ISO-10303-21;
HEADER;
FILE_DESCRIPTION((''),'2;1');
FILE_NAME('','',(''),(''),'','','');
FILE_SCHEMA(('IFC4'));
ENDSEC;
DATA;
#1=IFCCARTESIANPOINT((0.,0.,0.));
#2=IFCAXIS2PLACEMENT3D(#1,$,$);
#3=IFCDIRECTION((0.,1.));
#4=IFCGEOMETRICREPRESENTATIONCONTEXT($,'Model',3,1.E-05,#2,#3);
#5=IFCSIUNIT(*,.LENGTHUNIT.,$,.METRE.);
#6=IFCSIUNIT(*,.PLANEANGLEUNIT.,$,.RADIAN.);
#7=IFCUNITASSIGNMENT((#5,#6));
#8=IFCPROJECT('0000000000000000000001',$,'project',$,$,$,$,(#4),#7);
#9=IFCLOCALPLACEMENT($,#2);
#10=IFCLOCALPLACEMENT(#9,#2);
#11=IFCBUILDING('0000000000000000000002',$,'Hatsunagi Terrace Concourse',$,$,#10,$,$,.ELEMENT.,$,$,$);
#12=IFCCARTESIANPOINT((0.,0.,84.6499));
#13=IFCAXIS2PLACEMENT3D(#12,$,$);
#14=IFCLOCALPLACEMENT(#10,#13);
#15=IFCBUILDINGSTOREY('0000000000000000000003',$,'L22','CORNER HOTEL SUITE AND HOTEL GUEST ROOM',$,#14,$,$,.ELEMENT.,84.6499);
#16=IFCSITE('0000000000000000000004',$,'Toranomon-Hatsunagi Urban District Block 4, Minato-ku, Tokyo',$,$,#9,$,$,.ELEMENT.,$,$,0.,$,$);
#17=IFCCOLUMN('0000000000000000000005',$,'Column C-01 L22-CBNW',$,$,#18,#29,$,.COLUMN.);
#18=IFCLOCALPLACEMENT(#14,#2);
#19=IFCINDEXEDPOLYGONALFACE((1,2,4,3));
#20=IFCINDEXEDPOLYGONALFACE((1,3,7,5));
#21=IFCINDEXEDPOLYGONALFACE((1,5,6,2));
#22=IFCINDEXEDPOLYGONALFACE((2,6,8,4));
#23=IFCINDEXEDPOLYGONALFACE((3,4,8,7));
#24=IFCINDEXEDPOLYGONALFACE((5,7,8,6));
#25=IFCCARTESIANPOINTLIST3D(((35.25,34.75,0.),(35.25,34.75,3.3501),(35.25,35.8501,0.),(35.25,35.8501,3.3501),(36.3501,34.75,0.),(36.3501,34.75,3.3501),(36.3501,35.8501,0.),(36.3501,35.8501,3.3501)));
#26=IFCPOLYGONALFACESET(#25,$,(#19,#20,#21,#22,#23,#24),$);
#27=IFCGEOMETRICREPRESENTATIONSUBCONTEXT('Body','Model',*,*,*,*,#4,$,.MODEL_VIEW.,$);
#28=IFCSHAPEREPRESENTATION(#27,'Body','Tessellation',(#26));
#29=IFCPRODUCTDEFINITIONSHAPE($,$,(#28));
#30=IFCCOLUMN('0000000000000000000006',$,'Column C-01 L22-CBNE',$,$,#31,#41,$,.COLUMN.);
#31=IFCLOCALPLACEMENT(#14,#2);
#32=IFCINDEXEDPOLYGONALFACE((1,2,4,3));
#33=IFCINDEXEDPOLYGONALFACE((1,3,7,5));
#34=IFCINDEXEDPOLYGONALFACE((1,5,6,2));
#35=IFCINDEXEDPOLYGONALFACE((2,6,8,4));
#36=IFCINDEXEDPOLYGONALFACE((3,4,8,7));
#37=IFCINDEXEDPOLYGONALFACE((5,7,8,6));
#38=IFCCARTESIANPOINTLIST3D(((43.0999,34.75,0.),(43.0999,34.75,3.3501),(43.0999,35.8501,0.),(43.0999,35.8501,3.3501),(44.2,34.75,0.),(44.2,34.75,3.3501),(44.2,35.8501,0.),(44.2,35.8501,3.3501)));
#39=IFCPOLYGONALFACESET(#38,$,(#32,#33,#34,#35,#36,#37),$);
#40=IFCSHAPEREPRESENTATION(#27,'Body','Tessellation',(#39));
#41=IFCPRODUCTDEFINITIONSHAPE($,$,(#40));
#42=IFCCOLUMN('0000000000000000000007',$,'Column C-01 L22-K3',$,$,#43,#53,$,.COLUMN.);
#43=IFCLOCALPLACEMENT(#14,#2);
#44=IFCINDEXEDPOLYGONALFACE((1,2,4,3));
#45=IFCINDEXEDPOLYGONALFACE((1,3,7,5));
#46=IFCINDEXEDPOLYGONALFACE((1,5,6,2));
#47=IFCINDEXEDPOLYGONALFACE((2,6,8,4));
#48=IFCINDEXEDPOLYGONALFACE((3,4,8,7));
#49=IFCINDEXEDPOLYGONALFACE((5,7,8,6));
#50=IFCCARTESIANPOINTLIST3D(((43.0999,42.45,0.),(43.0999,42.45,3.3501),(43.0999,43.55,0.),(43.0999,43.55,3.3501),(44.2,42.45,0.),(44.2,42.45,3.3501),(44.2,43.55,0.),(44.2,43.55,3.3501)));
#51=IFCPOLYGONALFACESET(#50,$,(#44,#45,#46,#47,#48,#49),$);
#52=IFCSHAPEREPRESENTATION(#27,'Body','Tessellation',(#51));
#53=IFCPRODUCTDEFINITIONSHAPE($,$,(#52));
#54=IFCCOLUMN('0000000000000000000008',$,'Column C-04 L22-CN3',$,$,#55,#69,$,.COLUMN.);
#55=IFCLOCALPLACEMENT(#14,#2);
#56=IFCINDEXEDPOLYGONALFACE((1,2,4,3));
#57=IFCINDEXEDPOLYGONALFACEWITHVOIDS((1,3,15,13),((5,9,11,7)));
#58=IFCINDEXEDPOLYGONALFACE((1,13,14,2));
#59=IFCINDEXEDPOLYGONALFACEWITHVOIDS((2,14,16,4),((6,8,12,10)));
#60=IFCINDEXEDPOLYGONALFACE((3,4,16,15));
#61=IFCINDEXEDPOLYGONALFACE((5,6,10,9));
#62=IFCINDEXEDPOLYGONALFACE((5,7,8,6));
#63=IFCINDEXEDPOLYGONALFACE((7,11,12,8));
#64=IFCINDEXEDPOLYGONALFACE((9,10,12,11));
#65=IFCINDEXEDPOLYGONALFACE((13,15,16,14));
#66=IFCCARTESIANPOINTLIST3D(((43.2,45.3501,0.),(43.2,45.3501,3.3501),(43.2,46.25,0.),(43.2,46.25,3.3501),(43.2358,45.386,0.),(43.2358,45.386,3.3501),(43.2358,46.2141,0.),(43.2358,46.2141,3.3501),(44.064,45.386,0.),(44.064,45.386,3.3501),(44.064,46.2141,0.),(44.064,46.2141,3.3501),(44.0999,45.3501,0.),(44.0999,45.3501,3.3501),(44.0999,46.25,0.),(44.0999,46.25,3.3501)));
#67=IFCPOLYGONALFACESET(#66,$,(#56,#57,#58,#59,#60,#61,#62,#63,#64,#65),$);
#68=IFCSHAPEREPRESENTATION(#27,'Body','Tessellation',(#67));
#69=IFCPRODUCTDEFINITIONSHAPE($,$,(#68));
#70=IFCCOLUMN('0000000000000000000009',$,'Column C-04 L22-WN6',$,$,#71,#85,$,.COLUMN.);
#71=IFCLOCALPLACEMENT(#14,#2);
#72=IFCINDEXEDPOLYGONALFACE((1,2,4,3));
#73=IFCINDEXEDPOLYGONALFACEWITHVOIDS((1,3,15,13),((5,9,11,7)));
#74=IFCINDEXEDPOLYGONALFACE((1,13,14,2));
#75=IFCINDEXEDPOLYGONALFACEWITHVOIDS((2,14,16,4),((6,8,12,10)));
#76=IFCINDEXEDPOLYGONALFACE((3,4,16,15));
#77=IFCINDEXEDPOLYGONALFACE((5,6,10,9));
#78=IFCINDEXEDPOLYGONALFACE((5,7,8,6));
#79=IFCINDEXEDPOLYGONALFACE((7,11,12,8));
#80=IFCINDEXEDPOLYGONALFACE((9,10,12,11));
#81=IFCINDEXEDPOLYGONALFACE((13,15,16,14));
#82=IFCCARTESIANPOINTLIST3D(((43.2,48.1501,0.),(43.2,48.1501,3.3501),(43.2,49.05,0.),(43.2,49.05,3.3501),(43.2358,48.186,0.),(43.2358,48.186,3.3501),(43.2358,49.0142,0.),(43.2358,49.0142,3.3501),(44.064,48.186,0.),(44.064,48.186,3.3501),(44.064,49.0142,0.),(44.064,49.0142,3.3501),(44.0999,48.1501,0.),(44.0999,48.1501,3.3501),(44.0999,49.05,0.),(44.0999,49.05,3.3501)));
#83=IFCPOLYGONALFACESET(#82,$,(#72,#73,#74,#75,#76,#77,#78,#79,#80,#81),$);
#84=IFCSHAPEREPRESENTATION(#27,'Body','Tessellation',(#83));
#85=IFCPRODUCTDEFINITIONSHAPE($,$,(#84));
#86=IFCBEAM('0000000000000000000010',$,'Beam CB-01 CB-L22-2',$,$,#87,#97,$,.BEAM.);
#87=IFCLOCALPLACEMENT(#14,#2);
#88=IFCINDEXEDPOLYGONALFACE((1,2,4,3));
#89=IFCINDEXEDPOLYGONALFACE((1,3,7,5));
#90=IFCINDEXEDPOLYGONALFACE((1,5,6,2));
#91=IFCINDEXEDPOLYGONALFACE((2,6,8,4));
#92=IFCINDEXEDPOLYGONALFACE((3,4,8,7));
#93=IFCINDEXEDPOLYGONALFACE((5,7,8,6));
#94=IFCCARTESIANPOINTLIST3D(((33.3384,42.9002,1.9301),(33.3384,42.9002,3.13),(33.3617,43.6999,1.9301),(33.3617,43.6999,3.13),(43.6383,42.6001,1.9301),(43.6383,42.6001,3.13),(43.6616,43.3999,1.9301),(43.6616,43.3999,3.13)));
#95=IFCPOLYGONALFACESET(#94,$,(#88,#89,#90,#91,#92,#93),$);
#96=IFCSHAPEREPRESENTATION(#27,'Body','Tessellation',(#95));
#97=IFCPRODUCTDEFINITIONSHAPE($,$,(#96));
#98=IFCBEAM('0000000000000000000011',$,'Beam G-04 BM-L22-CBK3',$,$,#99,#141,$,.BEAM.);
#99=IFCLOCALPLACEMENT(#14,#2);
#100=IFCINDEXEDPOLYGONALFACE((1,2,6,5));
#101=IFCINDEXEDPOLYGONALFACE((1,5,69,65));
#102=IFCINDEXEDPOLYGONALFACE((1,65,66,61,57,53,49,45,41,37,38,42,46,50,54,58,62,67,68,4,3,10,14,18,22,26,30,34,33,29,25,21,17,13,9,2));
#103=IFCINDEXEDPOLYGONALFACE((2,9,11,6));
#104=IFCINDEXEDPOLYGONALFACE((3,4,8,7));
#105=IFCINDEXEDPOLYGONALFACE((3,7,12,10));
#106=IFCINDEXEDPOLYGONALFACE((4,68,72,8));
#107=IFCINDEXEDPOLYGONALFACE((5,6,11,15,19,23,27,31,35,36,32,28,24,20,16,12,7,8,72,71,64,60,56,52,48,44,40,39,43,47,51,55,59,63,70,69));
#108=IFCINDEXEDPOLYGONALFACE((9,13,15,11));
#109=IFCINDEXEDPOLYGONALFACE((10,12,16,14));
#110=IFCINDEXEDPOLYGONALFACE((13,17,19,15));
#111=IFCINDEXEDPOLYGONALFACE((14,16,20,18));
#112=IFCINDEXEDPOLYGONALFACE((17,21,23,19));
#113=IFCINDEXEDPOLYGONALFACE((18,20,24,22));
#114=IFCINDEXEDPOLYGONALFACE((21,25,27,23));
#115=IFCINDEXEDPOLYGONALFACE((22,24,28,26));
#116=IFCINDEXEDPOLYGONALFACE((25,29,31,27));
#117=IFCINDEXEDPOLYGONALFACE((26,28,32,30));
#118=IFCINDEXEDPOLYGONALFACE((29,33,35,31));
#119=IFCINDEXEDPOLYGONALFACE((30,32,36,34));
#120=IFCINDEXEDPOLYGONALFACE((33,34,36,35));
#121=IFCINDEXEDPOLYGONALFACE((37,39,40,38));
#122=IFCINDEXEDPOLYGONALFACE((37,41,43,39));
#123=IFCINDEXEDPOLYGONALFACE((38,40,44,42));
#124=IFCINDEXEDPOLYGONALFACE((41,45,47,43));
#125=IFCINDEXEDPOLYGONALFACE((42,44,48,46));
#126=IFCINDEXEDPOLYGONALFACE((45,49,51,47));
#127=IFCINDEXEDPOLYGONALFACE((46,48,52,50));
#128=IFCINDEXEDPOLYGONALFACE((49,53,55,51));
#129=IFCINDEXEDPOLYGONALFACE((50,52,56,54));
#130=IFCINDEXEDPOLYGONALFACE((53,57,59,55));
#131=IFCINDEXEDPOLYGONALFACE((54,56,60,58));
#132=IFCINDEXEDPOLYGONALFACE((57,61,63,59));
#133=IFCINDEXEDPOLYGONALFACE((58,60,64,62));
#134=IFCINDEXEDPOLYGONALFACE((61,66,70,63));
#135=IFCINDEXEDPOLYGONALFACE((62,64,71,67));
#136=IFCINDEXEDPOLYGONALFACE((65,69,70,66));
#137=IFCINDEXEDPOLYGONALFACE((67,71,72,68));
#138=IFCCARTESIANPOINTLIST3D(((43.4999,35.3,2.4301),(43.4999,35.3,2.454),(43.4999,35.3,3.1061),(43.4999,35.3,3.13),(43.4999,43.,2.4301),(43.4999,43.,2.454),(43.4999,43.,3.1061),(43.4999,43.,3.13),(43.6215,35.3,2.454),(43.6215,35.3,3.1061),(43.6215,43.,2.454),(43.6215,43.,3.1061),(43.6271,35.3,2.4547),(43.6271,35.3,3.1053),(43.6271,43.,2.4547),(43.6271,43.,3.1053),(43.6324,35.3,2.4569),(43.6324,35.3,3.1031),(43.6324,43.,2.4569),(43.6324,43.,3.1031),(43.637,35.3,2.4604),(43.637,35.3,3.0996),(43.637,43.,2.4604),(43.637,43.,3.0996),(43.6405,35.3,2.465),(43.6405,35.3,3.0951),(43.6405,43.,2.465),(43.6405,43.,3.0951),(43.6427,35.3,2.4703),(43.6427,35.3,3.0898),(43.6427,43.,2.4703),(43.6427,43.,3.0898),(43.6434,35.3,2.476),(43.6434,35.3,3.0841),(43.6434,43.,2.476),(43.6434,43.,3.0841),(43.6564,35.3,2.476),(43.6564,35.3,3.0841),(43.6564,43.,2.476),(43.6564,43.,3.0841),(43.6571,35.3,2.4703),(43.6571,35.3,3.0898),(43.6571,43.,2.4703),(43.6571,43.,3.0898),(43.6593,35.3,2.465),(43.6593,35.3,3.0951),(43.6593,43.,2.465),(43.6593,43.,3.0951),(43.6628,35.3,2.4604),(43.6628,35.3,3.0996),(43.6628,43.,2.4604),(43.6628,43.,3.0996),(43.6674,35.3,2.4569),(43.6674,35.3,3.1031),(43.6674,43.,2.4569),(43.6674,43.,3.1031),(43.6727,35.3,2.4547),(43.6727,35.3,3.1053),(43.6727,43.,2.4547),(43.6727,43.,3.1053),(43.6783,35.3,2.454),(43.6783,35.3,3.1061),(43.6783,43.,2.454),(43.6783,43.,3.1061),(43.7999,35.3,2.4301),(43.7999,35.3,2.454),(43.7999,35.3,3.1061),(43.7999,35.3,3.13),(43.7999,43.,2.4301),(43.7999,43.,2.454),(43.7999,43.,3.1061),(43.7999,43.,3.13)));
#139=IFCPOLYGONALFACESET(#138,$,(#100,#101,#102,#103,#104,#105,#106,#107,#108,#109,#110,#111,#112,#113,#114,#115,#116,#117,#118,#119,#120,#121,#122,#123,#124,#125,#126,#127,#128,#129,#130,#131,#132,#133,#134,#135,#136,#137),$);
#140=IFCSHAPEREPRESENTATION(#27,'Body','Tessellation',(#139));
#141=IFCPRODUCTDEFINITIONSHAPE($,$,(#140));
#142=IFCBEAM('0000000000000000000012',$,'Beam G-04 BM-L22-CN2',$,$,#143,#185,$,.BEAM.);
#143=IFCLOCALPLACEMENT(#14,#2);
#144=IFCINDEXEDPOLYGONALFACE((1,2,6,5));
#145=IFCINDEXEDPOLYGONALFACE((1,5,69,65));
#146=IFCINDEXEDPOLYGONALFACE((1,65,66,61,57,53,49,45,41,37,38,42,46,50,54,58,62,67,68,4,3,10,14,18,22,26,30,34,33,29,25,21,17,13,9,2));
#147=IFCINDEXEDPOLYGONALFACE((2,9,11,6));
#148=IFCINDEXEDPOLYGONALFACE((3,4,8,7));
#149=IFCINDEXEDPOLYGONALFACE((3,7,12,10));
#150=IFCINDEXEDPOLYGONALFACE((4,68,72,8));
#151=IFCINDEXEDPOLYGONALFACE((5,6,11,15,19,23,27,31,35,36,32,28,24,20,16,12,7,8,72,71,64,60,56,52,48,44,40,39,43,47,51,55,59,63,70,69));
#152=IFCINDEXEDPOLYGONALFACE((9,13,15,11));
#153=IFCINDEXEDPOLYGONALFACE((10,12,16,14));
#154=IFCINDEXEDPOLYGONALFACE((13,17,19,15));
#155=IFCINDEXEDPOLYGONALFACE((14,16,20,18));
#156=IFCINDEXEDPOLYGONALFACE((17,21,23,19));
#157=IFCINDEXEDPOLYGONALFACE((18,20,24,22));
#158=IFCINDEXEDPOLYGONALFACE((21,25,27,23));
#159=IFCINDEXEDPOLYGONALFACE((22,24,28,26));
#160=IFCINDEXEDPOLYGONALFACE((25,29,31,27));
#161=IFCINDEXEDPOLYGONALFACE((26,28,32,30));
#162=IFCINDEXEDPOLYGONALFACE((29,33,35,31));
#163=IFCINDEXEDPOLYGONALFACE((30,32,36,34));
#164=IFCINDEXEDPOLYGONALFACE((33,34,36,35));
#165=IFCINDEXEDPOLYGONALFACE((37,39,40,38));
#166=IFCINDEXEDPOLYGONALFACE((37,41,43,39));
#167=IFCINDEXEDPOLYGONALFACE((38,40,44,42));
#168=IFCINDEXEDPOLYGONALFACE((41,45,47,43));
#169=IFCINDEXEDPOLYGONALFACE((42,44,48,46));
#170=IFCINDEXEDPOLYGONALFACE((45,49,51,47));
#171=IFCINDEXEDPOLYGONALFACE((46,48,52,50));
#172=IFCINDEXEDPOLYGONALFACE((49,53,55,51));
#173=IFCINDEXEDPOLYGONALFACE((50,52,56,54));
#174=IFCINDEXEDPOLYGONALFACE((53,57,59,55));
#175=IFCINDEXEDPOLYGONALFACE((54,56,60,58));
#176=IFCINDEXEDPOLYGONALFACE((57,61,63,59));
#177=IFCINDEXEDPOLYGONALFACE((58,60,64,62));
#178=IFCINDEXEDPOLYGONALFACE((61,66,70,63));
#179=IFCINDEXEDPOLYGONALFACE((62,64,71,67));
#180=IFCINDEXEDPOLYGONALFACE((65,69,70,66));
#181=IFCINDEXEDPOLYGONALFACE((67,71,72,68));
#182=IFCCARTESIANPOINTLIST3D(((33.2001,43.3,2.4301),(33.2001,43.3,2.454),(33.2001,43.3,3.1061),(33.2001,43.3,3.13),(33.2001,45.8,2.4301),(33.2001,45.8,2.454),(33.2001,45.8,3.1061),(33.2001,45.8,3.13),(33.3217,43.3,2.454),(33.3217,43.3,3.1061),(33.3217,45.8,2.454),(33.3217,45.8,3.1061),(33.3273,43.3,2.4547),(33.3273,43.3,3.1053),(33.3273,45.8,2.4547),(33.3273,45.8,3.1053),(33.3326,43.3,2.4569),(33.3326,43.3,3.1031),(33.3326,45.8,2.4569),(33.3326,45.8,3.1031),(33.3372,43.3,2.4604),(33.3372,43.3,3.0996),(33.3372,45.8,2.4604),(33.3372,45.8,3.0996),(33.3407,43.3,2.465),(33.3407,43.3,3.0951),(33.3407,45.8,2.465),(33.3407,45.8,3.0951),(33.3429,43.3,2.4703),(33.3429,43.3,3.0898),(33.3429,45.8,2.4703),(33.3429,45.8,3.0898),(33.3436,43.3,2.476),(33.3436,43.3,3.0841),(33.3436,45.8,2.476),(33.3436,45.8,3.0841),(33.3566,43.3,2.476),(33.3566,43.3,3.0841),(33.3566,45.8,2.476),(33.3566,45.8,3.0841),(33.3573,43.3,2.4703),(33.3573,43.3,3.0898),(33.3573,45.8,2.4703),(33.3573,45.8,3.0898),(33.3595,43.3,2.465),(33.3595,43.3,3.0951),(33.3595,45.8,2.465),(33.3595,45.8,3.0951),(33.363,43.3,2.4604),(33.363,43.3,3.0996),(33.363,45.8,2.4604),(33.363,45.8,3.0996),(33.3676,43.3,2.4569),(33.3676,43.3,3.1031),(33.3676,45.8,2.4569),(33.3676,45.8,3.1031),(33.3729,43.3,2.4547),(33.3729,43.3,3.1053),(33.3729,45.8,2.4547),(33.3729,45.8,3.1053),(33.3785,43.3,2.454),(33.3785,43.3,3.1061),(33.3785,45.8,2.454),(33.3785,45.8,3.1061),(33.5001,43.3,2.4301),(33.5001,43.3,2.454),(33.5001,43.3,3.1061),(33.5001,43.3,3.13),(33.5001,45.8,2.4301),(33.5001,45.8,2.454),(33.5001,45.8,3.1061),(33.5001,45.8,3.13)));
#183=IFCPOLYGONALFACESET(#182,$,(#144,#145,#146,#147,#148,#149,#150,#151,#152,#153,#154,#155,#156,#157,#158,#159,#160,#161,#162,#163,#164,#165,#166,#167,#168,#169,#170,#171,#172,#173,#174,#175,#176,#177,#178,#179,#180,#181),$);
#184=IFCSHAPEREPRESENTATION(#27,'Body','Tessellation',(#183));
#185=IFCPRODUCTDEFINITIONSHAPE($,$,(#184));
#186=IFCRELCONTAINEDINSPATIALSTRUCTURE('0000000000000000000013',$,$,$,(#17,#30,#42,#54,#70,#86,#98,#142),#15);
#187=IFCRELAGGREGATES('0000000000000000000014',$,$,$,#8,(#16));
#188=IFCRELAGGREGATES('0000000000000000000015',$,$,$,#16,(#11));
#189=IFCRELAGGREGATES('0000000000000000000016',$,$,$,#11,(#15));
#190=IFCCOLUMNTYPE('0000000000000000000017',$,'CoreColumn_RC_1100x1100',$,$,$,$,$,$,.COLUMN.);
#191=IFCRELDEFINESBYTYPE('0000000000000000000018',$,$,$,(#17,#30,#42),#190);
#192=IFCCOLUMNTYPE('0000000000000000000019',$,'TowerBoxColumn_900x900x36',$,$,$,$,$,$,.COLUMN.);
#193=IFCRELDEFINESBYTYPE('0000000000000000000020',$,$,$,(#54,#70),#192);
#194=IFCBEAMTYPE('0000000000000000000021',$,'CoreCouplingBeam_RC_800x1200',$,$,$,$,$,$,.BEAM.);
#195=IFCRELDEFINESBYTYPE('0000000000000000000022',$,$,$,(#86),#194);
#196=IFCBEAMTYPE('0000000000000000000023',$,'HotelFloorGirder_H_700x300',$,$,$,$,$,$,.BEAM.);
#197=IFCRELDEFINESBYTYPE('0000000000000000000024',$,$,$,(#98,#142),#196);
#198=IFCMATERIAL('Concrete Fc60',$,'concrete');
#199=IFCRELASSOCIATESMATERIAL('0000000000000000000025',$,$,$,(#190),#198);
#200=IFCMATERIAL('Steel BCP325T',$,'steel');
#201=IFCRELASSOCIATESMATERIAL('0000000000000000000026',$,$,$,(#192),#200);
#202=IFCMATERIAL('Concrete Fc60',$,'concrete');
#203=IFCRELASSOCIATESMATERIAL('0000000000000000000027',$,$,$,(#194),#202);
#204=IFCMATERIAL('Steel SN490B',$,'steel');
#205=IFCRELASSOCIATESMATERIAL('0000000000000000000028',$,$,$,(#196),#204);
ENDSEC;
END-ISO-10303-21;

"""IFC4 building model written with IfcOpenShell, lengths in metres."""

from ifc_helpers import new_model, si_unit, direction, frame, origin, origin_2d, place, context, subcontext, project, spatial, rectangle, hollow_rectangle, i_section, extrude, material, material_profile, profile_set, type_object, element, save


model = new_model("IFC4")

# Units and contexts
model_context = context("Model", 3, precision=1e-05, world=origin(), true_north=direction((0.0, 1.0)))
body_context = subcontext(model_context, "Body", "Model", "MODEL_VIEW")
ifc_project = project(units=[si_unit("LENGTHUNIT", "METRE"), si_unit("PLANEANGLEUNIT", "RADIAN")], contexts=[model_context])

# Site, building, storey
site_placement = place(None, origin())
site = spatial("IfcSite", under=ifc_project, at=site_placement, Name="Toranomon-Hatsunagi Urban District Block 4, Minato-ku, Tokyo", CompositionType="ELEMENT", RefElevation=0.0)
building_placement = place(site_placement, origin())
building = spatial("IfcBuilding", under=site, at=building_placement, Name="Hatsunagi Terrace Concourse", CompositionType="ELEMENT")
storey_placement = place(building_placement, frame((0.0, 0.0, 84.6499)))
storey = spatial("IfcBuildingStorey", under=building, at=storey_placement, Name="L22", Description="CORNER HOTEL SUITE AND HOTEL GUEST ROOM", CompositionType="ELEMENT", Elevation=84.6499)

# Columns
ifc_material_1 = material(Name="Concrete Fc60", Category="concrete")
ifc_material_profile_1 = material_profile(ifc_material_1, rectangle(XDim=1.1001, YDim=1.1001, at=origin_2d()), Name="RC-1100x1100")
ifc_profile_set_1 = profile_set([ifc_material_profile_1], Name="Concrete Fc60")
column_type_1 = type_object("IfcColumnType", Name="CoreColumn_RC_1100x1100", PredefinedType="COLUMN", material=ifc_profile_set_1)
for number, where, z_axis, x_axis, name in (
    (1, (35.8, 35.3, 0.0), (0.0, 0.0, 1.0), (1.0, 0.0, 0.0), "Column C-01 L22-CBNW"),
    (2, (43.6499, 35.3, 0.0), (0.0, 0.0, 1.0), (1.0, 0.0, 0.0), "Column C-01 L22-CBNE"),
    (3, (43.6499, 43.0, 0.0), (0.0, 0.0, 1.0), (1.0, 0.0, 0.0), "Column C-01 L22-K3"),
):
    element("IfcColumn", number, at=place(storey_placement, frame(where, z_axis=z_axis, x_axis=x_axis)), inside=storey, type_object=column_type_1, Name=name, PredefinedType="COLUMN", context=body_context, shape_type="SweptSolid", body=[
        extrude(rectangle(XDim=1.1001, YDim=1.1001, at=origin_2d()), origin(), (0.0, 0.0, 1.0), 3.3501),
    ])
ifc_material_2 = material(Name="Steel BCP325T", Category="steel")
ifc_material_profile_2 = material_profile(ifc_material_2, hollow_rectangle(XDim=0.8999, YDim=0.8999, WallThickness=0.0359, at=origin_2d()), Name="BCP-900x900x36")
ifc_profile_set_2 = profile_set([ifc_material_profile_2], Name="Steel BCP325T")
column_type_2 = type_object("IfcColumnType", Name="TowerBoxColumn_900x900x36", PredefinedType="COLUMN", material=ifc_profile_set_2)
for number, where, z_axis, x_axis, name in (
    (4, (43.6499, 45.8, 0.0), (0.0, 0.0, 1.0), (1.0, 0.0, 0.0), "Column C-04 L22-CN3"),
    (5, (43.6499, 48.6001, 0.0), (0.0, 0.0, 1.0), (1.0, 0.0, 0.0), "Column C-04 L22-WN6"),
):
    element("IfcColumn", number, at=place(storey_placement, frame(where, z_axis=z_axis, x_axis=x_axis)), inside=storey, type_object=column_type_2, Name=name, PredefinedType="COLUMN", context=body_context, shape_type="SweptSolid", body=[
        extrude(hollow_rectangle(XDim=0.8999, YDim=0.8999, WallThickness=0.0359, at=origin_2d()), origin(), (0.0, 0.0, 1.0), 3.3501),
    ])

# Beams
ifc_material_3 = material(Name="Concrete Fc60", Category="concrete")
ifc_material_profile_3 = material_profile(ifc_material_3, rectangle(XDim=0.8, YDim=1.2, at=origin_2d()), Name="RC-800x1200")
ifc_profile_set_3 = profile_set([ifc_material_profile_3], Name="Concrete Fc60")
beam_type_1 = type_object("IfcBeamType", Name="CoreCouplingBeam_RC_800x1200", PredefinedType="BEAM", material=ifc_profile_set_3)
beam_1_placement = place(storey_placement, frame((33.3501, 43.3, 2.53), z_axis=(0.999576, -0.029119, 0.0), x_axis=(0.029119, 0.999576, 0.0)))
element("IfcBeam", 6, at=beam_1_placement, inside=storey, type_object=beam_type_1, Name="Beam CB-01 CB-L22-2", PredefinedType="BEAM", context=body_context, shape_type="SweptSolid", body=[
    extrude(rectangle(XDim=0.8, YDim=1.2, at=origin_2d()), origin(), (0.0, 0.0, 1.0), 10.3042),
])
ifc_material_4 = material(Name="Steel SN490B", Category="steel")
ifc_material_profile_4 = material_profile(ifc_material_4, i_section(OverallWidth=0.3, OverallDepth=0.7, WebThickness=0.0129, FlangeThickness=0.0239, FilletRadius=0.022, at=origin_2d()), Name="H-700x300x13x24")
ifc_profile_set_4 = profile_set([ifc_material_profile_4], Name="Steel SN490B")
beam_type_2 = type_object("IfcBeamType", Name="HotelFloorGirder_H_700x300", PredefinedType="BEAM", material=ifc_profile_set_4)
beam_2_placement = place(storey_placement, frame((43.6499, 35.3, 2.78), z_axis=(0.0, 1.0, 0.0), x_axis=(-1.0, 0.0, 0.0)))
element("IfcBeam", 7, at=beam_2_placement, inside=storey, type_object=beam_type_2, Name="Beam G-04 BM-L22-CBK3", PredefinedType="BEAM", context=body_context, shape_type="SweptSolid", body=[
    extrude(i_section(OverallWidth=0.3, OverallDepth=0.7, WebThickness=0.0129, FlangeThickness=0.0239, FilletRadius=0.022, at=origin_2d()), origin(), (0.0, 0.0, 1.0), 7.7),
])
beam_3_placement = place(storey_placement, frame((33.3501, 43.3, 2.78), z_axis=(0.0, 1.0, 0.0), x_axis=(-1.0, 0.0, 0.0)))
element("IfcBeam", 8, at=beam_3_placement, inside=storey, type_object=beam_type_2, Name="Beam G-04 BM-L22-CN2", PredefinedType="BEAM", context=body_context, shape_type="SweptSolid", body=[
    extrude(i_section(OverallWidth=0.3, OverallDepth=0.7, WebThickness=0.0129, FlangeThickness=0.0239, FilletRadius=0.022, at=origin_2d()), origin(), (0.0, 0.0, 1.0), 2.5),
])

save(model, "model.ifc")
